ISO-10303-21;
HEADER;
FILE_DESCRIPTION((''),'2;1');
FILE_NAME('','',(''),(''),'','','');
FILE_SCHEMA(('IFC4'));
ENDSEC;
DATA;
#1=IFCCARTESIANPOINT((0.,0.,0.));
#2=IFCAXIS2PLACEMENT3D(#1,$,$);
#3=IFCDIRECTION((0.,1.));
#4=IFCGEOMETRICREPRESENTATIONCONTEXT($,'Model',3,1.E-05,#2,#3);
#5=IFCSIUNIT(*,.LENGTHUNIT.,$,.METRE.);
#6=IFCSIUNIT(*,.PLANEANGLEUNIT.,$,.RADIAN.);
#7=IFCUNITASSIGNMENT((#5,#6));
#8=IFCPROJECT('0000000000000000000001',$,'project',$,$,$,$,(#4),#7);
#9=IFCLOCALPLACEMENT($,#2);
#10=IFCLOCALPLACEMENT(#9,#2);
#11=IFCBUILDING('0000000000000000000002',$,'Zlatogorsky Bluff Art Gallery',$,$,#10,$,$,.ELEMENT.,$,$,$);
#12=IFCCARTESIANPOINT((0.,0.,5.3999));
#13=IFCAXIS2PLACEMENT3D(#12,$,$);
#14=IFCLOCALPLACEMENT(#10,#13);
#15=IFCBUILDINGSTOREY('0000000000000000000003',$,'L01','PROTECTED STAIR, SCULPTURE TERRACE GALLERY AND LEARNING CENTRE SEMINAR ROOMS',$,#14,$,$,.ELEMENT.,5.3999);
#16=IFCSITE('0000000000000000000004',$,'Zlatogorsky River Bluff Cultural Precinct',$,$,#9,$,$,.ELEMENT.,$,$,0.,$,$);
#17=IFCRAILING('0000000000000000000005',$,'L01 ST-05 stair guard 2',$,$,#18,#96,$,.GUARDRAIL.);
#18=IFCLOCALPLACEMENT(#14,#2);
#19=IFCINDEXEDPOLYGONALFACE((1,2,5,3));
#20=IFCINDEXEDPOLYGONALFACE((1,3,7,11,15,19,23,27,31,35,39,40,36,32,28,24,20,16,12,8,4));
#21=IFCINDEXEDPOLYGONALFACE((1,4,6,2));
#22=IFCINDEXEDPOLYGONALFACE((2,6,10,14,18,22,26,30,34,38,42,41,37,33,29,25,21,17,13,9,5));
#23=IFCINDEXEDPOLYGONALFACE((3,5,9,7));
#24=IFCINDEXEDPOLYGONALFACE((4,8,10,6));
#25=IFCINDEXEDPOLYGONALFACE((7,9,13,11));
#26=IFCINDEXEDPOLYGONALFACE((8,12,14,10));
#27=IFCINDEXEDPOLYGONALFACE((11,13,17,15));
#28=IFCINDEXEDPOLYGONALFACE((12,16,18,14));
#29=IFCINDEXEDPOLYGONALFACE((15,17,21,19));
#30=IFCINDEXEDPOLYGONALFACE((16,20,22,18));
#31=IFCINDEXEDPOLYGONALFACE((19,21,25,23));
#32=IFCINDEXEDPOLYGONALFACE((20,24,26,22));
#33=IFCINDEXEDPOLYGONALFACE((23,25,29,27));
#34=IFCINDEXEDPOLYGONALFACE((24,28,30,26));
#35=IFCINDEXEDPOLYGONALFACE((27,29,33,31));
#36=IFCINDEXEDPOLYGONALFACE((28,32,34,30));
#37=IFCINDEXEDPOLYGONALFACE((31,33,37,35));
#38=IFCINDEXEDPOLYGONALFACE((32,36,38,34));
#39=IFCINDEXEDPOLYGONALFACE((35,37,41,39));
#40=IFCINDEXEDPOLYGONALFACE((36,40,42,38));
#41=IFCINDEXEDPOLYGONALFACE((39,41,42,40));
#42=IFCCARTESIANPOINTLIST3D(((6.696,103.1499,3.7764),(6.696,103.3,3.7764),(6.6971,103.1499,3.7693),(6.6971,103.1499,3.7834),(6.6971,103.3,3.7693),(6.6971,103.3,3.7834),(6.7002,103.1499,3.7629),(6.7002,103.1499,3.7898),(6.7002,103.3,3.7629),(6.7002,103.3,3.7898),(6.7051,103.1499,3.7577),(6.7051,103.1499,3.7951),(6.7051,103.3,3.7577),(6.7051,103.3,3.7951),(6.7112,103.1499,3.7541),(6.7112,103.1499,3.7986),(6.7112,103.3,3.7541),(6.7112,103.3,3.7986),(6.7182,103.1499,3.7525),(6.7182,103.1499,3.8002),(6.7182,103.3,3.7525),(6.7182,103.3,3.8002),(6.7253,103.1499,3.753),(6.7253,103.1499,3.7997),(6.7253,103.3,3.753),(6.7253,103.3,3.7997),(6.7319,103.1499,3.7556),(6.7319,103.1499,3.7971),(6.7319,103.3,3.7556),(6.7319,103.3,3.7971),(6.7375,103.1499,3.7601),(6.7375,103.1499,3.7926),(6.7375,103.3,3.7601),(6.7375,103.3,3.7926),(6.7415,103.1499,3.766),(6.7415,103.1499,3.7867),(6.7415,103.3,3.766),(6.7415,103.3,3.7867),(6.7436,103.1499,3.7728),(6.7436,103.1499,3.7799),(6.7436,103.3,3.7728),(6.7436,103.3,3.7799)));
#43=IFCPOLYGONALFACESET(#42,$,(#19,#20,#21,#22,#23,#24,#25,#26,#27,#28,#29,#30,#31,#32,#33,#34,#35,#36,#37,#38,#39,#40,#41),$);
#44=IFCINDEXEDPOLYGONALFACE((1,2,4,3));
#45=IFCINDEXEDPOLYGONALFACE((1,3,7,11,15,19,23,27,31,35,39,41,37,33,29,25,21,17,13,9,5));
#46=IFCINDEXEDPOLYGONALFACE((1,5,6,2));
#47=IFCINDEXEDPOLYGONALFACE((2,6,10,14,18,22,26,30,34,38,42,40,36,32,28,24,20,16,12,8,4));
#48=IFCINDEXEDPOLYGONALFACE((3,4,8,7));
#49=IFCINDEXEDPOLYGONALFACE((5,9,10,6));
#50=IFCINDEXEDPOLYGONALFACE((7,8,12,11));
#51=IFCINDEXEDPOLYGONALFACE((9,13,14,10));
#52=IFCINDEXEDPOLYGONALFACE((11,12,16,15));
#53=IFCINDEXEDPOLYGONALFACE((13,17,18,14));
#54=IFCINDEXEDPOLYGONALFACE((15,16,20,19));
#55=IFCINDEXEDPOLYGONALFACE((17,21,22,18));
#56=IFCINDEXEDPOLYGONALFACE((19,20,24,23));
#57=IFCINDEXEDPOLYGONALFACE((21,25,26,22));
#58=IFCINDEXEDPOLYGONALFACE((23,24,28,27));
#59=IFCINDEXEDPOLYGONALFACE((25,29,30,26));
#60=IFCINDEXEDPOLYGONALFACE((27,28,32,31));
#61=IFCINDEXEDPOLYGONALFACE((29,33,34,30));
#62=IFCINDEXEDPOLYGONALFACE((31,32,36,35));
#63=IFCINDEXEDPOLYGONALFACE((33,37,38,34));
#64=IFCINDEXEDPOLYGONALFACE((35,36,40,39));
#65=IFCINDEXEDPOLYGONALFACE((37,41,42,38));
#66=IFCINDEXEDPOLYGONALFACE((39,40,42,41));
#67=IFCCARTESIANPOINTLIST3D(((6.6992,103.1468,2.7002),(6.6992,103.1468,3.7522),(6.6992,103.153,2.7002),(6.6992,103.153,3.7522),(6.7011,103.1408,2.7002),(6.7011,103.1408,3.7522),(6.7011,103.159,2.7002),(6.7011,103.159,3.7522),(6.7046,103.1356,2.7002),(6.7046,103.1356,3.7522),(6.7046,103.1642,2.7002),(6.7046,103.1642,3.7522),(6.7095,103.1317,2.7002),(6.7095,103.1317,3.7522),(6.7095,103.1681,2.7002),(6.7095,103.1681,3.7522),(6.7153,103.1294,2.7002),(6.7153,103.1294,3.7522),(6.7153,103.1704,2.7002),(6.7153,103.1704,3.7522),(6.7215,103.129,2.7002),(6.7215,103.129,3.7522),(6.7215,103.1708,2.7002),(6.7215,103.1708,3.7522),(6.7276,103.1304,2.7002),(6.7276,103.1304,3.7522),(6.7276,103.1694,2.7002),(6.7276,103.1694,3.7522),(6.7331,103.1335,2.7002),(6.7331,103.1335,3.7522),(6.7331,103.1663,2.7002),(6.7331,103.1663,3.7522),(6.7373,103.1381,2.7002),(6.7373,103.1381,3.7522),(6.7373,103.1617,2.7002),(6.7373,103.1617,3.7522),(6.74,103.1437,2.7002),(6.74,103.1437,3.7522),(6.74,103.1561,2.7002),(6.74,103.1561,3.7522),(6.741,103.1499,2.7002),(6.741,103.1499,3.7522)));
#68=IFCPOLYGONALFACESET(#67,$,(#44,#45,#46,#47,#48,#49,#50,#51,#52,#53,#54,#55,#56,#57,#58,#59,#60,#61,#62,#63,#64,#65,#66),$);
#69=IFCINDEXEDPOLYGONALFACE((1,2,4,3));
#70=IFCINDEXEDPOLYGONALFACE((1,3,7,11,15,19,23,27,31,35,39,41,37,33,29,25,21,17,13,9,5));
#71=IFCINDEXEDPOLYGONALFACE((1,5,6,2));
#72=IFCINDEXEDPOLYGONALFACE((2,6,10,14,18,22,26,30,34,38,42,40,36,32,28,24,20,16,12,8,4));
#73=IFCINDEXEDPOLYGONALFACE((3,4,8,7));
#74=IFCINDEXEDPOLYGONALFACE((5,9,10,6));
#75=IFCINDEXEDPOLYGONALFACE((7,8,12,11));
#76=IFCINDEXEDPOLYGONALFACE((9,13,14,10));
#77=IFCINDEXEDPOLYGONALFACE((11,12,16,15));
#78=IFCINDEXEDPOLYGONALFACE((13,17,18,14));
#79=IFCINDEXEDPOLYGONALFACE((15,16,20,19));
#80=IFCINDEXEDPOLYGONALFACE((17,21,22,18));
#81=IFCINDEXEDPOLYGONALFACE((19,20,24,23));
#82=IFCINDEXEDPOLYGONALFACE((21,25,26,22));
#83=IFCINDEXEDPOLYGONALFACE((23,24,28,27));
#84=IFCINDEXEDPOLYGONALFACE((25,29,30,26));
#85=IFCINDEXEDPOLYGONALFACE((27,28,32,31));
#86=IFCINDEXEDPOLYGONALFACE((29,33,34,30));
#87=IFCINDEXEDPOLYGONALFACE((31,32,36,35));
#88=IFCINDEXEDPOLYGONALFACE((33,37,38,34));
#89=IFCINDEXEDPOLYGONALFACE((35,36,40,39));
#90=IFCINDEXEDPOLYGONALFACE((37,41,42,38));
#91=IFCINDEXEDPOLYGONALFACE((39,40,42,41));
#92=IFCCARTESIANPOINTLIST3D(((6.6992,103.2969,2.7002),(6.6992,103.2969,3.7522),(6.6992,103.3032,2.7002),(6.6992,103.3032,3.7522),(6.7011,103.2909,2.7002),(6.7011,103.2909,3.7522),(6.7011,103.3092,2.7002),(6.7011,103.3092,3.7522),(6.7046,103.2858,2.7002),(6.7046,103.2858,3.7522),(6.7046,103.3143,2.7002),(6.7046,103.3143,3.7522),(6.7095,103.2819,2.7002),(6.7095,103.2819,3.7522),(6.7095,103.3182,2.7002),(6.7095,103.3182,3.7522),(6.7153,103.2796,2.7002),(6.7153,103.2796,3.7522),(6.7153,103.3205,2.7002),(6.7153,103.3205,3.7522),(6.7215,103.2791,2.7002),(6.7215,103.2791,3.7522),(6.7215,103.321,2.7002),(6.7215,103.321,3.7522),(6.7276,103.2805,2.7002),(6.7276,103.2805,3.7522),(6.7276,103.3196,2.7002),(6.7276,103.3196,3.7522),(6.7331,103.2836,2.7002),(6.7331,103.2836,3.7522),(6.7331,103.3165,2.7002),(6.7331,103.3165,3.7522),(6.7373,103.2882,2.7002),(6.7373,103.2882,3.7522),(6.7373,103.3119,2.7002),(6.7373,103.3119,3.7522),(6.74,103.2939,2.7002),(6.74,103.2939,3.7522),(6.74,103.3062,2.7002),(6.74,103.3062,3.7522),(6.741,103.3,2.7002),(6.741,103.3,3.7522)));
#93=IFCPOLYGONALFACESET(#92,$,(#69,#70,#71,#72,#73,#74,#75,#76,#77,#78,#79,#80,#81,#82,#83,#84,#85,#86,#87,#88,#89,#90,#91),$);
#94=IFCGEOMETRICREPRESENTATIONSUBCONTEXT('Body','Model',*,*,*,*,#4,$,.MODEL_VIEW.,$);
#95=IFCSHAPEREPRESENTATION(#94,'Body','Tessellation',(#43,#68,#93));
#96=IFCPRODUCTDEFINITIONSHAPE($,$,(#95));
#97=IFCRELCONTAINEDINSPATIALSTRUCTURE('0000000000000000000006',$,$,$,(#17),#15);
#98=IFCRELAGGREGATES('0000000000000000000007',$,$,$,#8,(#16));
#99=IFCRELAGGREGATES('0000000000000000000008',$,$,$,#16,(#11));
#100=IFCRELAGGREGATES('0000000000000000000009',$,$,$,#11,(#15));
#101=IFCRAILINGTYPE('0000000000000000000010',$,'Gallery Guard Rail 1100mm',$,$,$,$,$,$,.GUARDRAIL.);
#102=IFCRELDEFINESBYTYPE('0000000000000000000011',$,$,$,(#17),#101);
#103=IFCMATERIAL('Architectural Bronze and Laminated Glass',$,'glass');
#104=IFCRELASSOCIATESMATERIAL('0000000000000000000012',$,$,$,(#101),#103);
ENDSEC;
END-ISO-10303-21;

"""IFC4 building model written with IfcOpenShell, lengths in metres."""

from ifc_helpers import new_model, si_unit, direction, frame, origin, origin_2d, place, context, subcontext, project, spatial, circle, extrude, material, type_object, element, save


model = new_model("IFC4")

# Units and contexts
model_context = context("Model", 3, precision=1e-05, world=origin(), true_north=direction((0.0, 1.0)))
body_context = subcontext(model_context, "Body", "Model", "MODEL_VIEW")
ifc_project = project(units=[si_unit("LENGTHUNIT", "METRE"), si_unit("PLANEANGLEUNIT", "RADIAN")], contexts=[model_context])

# Site, building, storey
site_placement = place(None, origin())
site = spatial("IfcSite", under=ifc_project, at=site_placement, Name="Zlatogorsky River Bluff Cultural Precinct", CompositionType="ELEMENT", RefElevation=0.0)
building_placement = place(site_placement, origin())
building = spatial("IfcBuilding", under=site, at=building_placement, Name="Zlatogorsky Bluff Art Gallery", CompositionType="ELEMENT")
storey_placement = place(building_placement, frame((0.0, 0.0, 5.3999)))
storey = spatial("IfcBuildingStorey", under=building, at=storey_placement, Name="L01", Description="PROTECTED STAIR, SCULPTURE TERRACE GALLERY AND LEARNING CENTRE SEMINAR ROOMS", CompositionType="ELEMENT", Elevation=5.3999)

# Railing
ifc_material_1 = material(Name="Architectural Bronze and Laminated Glass", Category="glass")
railing_type_1 = type_object("IfcRailingType", Name="Gallery Guard Rail 1100mm", PredefinedType="GUARDRAIL", material=ifc_material_1)
railing_1_placement = place(storey_placement, frame((6.72, 103.1499, 2.7002)))
element("IfcRailing", 1, at=railing_1_placement, inside=storey, type_object=railing_type_1, Name="L01 ST-05 stair guard 2", PredefinedType="GUARDRAIL", context=body_context, shape_type="SweptSolid", body=[
    extrude(circle(Radius=0.0239, at=origin_2d()), frame((0.0, 0.0, 1.0762), z_axis=(0.0, 1.0, 0.0), x_axis=(-1.0, 0.0, 0.0)), (0.0, 0.0, 1.0), 0.1501),
    extrude(circle(Radius=0.021, at=origin_2d()), origin(), (0.0, 0.0, 1.0), 1.052),
    extrude(circle(Radius=0.021, at=origin_2d()), frame((0.0, 0.1501, 0.0)), (0.0, 0.0, 1.0), 1.052),
])

save(model, "model.ifc")
